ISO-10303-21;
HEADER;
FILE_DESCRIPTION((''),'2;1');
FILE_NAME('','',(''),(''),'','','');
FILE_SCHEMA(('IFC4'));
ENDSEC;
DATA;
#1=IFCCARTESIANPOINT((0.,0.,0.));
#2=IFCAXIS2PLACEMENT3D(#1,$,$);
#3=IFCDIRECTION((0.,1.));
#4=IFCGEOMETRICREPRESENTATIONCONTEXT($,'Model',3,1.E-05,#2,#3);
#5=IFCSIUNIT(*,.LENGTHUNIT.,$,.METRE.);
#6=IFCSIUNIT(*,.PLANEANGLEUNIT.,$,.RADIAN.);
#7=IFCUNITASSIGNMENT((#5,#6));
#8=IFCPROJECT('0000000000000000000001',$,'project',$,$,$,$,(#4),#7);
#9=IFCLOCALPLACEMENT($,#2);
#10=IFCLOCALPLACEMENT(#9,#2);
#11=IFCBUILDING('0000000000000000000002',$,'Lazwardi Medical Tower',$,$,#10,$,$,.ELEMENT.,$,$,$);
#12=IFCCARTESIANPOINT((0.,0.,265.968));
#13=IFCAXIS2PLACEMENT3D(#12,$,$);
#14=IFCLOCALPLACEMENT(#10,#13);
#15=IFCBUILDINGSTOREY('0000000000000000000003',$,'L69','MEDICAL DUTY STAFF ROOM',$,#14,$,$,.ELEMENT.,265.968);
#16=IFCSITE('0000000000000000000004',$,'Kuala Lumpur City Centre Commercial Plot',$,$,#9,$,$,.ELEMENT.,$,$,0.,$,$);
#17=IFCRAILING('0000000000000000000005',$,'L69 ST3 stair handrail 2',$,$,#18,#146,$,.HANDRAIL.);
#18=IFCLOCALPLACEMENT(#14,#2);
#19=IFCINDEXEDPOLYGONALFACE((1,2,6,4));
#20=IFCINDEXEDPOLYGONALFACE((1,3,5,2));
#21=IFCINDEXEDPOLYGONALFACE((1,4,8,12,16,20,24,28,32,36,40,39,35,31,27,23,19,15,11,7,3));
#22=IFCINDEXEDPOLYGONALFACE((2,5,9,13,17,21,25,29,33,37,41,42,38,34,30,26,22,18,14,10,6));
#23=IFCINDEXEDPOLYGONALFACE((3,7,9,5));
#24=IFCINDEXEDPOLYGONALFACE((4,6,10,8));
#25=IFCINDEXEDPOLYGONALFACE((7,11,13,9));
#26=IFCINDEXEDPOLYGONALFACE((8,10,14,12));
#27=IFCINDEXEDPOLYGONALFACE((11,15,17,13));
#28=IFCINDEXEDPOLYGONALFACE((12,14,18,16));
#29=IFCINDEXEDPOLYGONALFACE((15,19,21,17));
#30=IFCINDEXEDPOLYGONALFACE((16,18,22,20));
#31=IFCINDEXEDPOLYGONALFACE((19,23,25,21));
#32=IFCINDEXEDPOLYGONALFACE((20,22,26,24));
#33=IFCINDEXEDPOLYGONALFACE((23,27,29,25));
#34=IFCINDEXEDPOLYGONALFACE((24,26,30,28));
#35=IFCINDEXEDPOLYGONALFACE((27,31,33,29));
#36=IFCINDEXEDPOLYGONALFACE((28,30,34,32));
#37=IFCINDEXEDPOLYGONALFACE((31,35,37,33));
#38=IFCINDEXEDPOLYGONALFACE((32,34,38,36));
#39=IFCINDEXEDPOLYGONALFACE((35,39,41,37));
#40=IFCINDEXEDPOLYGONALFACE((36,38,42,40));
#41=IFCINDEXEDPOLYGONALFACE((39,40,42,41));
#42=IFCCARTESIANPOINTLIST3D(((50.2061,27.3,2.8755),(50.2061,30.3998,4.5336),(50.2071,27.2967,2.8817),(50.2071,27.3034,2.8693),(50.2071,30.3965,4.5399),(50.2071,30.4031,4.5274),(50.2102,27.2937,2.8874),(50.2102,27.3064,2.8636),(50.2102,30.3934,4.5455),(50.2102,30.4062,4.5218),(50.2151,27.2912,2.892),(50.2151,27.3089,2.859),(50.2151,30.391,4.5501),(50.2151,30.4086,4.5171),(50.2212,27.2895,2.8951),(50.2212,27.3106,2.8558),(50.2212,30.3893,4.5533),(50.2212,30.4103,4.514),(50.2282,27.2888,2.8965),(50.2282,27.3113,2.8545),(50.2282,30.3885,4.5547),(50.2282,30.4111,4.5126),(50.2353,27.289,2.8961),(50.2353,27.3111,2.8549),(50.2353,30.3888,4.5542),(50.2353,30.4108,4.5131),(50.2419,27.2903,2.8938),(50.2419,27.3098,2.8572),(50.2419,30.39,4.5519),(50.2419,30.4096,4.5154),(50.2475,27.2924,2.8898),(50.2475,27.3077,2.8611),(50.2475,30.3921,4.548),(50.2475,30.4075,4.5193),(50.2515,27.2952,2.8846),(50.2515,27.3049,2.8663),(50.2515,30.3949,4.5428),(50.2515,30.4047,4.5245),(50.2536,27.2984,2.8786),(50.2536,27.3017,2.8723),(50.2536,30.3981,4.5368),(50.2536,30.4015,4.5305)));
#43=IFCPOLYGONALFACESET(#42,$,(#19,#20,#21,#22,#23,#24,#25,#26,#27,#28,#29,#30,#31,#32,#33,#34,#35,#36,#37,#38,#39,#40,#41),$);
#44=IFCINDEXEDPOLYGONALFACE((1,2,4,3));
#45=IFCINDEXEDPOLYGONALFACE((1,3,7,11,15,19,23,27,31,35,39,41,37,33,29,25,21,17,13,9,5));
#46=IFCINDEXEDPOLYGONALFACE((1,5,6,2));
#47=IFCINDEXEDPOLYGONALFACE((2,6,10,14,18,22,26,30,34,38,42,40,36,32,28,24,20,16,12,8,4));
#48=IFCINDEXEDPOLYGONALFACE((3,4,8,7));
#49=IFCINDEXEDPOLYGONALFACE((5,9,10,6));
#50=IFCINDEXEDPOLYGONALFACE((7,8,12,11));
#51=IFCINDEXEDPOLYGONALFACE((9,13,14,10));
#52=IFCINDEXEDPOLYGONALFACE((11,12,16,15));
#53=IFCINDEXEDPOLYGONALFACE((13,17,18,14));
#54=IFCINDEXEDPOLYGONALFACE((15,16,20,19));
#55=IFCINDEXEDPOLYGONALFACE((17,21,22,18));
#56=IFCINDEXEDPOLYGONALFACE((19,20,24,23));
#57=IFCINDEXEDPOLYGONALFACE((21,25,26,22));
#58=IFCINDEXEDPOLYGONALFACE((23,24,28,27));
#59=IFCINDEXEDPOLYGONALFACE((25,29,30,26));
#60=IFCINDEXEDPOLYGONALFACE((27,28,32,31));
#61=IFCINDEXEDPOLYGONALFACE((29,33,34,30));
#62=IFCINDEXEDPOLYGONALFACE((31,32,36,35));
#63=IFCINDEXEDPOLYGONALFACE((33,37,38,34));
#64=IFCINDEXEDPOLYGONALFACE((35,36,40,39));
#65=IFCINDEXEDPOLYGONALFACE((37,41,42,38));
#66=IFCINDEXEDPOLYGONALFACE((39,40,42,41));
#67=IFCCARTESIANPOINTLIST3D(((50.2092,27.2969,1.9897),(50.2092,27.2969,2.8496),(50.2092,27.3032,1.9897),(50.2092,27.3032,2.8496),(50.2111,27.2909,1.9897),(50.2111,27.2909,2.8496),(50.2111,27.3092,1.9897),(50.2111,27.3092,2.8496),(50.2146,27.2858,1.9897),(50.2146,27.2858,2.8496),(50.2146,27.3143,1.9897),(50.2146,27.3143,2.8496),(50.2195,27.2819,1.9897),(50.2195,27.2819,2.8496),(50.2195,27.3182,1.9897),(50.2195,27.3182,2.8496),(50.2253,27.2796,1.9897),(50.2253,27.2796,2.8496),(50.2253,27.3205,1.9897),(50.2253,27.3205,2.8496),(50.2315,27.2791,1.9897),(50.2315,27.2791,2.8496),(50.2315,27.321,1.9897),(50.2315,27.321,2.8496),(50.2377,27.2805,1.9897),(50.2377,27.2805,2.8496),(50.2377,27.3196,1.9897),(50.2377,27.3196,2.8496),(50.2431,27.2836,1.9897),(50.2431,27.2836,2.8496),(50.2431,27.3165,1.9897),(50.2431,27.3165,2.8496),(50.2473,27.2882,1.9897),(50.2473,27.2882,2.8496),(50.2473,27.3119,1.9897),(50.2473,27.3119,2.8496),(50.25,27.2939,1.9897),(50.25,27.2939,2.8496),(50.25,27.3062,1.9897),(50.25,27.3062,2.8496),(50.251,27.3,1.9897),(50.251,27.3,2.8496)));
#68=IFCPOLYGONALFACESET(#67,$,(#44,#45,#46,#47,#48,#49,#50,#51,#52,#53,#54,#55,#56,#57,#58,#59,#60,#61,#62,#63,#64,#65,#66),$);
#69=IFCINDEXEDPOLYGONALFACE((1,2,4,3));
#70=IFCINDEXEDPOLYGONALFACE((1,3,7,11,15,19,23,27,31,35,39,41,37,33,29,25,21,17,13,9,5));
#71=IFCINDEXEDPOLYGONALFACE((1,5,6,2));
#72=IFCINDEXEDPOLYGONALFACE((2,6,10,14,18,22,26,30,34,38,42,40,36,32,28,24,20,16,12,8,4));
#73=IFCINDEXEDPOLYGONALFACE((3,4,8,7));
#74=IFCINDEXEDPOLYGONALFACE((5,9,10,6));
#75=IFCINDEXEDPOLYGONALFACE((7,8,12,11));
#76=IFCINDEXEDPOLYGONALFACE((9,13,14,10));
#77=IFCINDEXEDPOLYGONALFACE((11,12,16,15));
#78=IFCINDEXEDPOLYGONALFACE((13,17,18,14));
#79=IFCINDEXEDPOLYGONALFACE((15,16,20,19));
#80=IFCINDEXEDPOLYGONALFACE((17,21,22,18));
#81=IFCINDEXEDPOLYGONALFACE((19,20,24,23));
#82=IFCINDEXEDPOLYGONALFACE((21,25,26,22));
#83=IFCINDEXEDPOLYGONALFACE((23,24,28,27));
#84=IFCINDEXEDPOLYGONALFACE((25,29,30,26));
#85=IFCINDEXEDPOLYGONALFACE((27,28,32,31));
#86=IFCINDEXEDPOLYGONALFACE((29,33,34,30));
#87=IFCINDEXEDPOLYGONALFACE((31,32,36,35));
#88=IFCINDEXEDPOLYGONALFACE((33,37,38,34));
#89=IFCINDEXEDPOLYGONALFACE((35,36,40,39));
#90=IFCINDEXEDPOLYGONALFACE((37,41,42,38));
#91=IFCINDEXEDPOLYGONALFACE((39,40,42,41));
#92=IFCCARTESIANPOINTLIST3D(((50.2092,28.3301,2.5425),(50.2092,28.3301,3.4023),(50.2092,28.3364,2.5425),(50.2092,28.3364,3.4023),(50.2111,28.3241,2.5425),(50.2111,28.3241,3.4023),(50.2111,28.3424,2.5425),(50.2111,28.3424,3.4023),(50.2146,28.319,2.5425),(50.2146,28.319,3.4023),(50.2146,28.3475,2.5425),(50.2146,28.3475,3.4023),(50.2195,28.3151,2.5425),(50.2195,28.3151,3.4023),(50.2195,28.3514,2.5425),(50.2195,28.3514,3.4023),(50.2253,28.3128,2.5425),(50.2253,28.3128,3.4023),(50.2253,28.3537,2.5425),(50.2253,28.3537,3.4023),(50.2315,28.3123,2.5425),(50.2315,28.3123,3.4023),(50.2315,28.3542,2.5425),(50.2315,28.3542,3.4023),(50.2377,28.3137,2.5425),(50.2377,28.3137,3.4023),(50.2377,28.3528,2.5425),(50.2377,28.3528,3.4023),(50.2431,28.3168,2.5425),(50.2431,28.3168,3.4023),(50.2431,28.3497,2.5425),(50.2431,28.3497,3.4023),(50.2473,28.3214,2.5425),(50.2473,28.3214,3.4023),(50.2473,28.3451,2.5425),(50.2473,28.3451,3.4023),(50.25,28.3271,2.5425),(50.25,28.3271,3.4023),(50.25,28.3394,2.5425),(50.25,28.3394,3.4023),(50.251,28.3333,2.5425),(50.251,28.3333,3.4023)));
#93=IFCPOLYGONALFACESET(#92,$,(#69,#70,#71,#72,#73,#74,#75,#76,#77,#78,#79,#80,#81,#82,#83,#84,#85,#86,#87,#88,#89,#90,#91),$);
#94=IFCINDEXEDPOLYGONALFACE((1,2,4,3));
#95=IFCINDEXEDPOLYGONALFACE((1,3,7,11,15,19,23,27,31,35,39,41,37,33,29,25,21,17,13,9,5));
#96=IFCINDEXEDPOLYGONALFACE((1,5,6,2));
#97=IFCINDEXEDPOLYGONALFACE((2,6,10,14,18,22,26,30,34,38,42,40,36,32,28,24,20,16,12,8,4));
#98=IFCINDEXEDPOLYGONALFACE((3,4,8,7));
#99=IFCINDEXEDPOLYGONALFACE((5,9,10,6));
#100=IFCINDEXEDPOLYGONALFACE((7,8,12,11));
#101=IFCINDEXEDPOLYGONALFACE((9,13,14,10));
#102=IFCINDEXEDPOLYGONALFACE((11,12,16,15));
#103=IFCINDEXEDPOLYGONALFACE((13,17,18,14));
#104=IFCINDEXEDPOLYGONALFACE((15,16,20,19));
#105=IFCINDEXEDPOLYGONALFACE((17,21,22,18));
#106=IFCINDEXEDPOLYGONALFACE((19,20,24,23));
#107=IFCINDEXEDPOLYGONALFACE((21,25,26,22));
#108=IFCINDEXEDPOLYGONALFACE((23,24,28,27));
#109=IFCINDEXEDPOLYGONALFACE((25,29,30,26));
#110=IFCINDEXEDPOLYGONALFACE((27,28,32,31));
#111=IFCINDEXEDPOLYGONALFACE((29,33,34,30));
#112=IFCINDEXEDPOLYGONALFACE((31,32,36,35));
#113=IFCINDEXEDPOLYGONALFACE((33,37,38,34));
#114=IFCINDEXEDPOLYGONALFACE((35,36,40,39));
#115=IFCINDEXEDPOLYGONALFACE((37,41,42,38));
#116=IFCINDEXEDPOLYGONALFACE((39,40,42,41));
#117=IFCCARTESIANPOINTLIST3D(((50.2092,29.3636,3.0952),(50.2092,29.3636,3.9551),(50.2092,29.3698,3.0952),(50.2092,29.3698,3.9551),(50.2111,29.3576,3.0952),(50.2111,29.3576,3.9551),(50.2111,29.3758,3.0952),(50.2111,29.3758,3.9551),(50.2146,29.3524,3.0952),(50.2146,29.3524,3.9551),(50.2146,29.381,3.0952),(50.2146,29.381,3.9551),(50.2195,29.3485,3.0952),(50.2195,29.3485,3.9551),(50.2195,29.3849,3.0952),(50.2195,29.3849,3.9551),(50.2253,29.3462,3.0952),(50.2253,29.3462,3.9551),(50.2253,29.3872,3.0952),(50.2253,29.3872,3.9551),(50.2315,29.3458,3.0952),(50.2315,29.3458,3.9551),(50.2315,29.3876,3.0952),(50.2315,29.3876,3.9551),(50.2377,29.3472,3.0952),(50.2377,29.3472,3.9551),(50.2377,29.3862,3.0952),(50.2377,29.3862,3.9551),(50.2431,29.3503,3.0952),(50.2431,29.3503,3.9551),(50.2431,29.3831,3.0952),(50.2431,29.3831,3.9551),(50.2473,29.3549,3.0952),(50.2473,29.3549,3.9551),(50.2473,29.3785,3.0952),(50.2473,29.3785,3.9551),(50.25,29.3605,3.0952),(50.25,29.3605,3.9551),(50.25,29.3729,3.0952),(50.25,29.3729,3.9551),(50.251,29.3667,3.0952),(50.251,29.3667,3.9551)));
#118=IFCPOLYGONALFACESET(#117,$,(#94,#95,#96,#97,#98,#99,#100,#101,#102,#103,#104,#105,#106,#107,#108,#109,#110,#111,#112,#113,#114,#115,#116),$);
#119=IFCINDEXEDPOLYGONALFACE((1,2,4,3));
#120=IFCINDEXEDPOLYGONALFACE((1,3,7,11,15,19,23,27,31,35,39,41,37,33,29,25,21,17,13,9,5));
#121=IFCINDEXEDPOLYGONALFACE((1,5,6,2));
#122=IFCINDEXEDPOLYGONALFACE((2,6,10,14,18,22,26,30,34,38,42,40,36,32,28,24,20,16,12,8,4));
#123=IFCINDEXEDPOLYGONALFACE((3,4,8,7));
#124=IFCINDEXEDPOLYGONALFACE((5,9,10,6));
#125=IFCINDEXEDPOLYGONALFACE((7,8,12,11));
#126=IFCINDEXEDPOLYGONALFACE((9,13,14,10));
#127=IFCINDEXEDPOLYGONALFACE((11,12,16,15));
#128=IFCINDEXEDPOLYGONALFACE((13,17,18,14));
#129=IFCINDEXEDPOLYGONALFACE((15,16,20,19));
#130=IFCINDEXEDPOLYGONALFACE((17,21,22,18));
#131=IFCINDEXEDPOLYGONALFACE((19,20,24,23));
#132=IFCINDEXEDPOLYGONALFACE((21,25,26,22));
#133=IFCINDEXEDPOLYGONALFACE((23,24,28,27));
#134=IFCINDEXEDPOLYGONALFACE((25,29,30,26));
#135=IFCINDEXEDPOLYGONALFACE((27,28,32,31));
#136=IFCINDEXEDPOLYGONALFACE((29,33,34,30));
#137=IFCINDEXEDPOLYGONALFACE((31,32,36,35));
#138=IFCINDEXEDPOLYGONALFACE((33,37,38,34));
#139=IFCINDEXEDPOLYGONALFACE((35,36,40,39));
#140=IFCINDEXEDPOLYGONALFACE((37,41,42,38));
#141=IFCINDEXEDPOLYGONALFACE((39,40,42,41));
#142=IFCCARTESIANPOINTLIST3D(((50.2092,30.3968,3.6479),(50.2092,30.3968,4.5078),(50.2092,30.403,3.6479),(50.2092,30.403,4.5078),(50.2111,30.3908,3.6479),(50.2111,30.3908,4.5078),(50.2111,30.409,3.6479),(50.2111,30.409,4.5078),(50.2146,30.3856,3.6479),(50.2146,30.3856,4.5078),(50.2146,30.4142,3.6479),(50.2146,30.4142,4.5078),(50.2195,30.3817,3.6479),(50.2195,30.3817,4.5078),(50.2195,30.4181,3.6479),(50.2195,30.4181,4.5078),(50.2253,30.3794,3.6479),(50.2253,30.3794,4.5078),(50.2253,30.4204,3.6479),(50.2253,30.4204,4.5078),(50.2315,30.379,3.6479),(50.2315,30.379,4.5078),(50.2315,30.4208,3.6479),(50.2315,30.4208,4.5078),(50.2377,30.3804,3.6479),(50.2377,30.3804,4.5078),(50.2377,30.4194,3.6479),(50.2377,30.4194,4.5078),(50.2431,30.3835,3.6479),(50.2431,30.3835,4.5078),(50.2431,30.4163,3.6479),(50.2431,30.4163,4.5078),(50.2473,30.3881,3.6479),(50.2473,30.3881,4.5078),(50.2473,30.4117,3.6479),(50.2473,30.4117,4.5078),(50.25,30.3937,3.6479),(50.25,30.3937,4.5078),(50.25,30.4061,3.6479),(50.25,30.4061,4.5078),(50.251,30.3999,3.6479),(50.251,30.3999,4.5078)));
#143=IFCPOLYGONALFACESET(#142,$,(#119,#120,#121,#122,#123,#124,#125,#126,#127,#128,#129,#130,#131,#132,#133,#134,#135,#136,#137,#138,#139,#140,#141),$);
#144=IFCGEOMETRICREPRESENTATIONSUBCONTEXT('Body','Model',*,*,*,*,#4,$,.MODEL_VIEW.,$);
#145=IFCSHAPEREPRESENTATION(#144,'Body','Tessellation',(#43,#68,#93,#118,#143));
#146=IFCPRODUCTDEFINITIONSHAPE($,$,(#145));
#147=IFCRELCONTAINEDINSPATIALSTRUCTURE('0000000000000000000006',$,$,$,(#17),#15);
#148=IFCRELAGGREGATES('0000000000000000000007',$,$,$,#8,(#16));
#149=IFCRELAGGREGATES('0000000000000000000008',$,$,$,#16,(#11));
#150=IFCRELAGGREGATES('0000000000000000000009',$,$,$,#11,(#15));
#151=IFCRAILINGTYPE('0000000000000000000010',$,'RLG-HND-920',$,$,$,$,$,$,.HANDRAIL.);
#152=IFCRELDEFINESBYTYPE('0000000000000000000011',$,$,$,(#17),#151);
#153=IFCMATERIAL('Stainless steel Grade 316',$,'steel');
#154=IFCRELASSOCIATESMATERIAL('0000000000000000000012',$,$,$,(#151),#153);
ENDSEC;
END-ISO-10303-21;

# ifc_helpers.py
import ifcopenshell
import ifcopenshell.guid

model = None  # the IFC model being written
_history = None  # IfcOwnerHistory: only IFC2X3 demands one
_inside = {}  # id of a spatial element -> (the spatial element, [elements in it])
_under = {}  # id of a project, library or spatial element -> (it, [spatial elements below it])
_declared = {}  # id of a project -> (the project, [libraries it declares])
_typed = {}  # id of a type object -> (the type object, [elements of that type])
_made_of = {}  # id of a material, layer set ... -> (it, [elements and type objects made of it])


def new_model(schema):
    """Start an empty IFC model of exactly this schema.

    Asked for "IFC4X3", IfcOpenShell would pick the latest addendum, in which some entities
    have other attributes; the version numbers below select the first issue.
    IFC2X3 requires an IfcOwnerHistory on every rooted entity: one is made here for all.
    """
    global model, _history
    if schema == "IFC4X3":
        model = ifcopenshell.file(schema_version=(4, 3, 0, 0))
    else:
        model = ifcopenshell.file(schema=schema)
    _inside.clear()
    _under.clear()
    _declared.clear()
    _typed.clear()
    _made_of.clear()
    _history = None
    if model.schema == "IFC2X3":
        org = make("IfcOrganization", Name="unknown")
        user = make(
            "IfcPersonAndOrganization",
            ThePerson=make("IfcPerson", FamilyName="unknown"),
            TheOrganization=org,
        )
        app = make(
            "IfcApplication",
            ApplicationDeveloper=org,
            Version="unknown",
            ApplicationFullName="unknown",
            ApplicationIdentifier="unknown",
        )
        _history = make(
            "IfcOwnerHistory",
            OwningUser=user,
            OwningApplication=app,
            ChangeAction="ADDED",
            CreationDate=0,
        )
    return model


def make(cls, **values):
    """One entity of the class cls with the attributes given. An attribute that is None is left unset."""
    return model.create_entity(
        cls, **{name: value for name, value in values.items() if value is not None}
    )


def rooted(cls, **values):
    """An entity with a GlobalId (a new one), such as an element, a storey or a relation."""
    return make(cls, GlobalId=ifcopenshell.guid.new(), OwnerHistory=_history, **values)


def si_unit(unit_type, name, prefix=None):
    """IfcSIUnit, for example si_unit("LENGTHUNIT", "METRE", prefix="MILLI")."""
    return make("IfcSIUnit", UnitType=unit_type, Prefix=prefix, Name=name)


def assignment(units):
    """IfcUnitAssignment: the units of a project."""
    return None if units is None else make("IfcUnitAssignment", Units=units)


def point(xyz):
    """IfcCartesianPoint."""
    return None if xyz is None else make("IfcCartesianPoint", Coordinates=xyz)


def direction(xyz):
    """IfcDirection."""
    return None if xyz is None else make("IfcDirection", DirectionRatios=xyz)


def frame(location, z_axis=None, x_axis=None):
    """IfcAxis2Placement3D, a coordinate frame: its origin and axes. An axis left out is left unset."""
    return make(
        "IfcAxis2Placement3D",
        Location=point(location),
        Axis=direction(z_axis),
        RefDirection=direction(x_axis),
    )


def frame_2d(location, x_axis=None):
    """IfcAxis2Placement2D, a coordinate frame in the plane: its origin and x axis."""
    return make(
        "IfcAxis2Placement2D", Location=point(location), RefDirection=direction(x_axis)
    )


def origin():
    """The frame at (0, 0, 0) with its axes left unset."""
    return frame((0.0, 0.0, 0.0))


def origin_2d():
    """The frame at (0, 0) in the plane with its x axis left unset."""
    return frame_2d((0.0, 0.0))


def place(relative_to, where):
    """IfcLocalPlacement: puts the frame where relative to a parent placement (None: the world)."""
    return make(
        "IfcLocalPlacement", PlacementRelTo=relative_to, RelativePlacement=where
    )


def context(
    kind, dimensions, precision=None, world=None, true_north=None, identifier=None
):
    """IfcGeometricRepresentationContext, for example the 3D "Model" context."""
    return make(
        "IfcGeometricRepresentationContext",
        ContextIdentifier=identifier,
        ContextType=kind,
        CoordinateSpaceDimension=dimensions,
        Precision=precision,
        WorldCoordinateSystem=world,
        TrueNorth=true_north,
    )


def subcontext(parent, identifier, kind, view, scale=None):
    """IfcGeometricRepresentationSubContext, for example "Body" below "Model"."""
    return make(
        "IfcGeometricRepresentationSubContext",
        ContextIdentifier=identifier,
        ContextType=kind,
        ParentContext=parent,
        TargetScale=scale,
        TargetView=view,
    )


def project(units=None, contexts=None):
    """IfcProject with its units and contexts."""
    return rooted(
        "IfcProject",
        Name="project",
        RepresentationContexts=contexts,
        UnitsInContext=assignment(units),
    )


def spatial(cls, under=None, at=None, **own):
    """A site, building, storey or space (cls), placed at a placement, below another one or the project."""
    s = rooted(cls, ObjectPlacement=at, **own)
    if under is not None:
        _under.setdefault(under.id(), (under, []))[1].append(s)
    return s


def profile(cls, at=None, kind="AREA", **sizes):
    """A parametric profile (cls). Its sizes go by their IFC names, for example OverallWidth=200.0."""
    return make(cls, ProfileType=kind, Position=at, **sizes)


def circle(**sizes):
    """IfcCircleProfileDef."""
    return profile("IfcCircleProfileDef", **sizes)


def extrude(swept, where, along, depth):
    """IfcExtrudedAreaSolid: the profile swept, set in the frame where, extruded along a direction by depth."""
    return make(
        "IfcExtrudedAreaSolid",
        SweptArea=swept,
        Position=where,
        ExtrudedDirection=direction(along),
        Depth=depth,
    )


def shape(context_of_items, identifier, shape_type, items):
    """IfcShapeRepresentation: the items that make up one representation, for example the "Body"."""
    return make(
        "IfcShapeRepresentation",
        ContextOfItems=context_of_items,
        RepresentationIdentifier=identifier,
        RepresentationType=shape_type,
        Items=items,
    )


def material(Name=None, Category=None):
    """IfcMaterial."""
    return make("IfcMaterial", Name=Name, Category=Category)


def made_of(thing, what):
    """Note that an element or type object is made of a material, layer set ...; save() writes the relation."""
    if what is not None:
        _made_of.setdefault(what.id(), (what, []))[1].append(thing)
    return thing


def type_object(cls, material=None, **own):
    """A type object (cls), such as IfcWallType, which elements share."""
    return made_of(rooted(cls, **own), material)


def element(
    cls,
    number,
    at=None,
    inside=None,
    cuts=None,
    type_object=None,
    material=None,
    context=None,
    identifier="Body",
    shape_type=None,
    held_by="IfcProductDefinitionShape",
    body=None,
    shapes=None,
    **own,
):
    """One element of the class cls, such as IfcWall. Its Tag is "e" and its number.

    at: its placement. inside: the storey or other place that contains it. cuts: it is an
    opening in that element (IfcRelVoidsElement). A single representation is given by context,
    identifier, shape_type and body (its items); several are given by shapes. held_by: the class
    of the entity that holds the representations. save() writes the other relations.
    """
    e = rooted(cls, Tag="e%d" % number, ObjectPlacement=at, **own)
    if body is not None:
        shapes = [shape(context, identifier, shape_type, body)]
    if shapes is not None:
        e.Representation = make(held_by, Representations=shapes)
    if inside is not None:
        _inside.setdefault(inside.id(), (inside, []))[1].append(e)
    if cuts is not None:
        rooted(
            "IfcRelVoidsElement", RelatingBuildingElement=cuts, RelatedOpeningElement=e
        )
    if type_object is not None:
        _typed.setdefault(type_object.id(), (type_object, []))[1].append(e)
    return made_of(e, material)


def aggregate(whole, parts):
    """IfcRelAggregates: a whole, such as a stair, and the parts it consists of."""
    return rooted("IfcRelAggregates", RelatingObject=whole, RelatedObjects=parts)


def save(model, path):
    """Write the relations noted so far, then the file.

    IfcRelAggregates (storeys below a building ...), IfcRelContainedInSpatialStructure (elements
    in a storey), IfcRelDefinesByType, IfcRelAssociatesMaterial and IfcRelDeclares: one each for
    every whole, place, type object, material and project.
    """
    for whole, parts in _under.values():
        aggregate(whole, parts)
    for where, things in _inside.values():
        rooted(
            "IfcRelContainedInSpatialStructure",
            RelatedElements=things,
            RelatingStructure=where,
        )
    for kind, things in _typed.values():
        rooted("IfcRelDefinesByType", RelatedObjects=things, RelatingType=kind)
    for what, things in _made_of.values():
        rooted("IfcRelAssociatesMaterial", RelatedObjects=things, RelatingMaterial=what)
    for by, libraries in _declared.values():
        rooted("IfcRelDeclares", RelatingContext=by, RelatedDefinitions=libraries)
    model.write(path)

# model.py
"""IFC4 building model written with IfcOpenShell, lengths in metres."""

from ifc_helpers import new_model, si_unit, direction, frame, origin, origin_2d, place, context, subcontext, project, spatial, circle, extrude, material, type_object, element, save


model = new_model("IFC4")

# Units and contexts
model_context = context("Model", 3, precision=1e-05, world=origin(), true_north=direction((0.0, 1.0)))
body_context = subcontext(model_context, "Body", "Model", "MODEL_VIEW")
ifc_project = project(units=[si_unit("LENGTHUNIT", "METRE"), si_unit("PLANEANGLEUNIT", "RADIAN")], contexts=[model_context])

# Site, building, storey
site_placement = place(None, origin())
site = spatial("IfcSite", under=ifc_project, at=site_placement, Name="Kuala Lumpur City Centre Commercial Plot", CompositionType="ELEMENT", RefElevation=0.0)
building_placement = place(site_placement, origin())
building = spatial("IfcBuilding", under=site, at=building_placement, Name="Lazwardi Medical Tower", CompositionType="ELEMENT")
storey_placement = place(building_placement, frame((0.0, 0.0, 265.968)))
storey = spatial("IfcBuildingStorey", under=building, at=storey_placement, Name="L69", Description="MEDICAL DUTY STAFF ROOM", CompositionType="ELEMENT", Elevation=265.968)

# Railing
ifc_material_1 = material(Name="Stainless steel Grade 316", Category="steel")
railing_type_1 = type_object("IfcRailingType", Name="RLG-HND-920", PredefinedType="HANDRAIL", material=ifc_material_1)
railing_1_placement = place(storey_placement, frame((50.23, 27.3, 1.9897)))
element("IfcRailing", 1, at=railing_1_placement, inside=storey, type_object=railing_type_1, Name="L69 ST3 stair handrail 2", PredefinedType="HANDRAIL", context=body_context, shape_type="SweptSolid", body=[
    extrude(circle(Radius=0.0239, at=origin_2d()), frame((0.0, 0.0, 0.8857), z_axis=(0.0, 0.881768, 0.471684), x_axis=(-1.0, 0.0, 0.0)), (0.0, 0.0, 1.0), 3.5154),
    extrude(circle(Radius=0.021, at=origin_2d()), origin(), (0.0, 0.0, 1.0), 0.8599),
    extrude(circle(Radius=0.021, at=origin_2d()), frame((0.0, 1.0332, 0.5527)), (0.0, 0.0, 1.0), 0.8599),
    extrude(circle(Radius=0.021, at=origin_2d()), frame((0.0, 2.0667, 1.1055)), (0.0, 0.0, 1.0), 0.8599),
    extrude(circle(Radius=0.021, at=origin_2d()), frame((0.0, 3.0999, 1.6582)), (0.0, 0.0, 1.0), 0.8599),
])

save(model, "model.ifc")
